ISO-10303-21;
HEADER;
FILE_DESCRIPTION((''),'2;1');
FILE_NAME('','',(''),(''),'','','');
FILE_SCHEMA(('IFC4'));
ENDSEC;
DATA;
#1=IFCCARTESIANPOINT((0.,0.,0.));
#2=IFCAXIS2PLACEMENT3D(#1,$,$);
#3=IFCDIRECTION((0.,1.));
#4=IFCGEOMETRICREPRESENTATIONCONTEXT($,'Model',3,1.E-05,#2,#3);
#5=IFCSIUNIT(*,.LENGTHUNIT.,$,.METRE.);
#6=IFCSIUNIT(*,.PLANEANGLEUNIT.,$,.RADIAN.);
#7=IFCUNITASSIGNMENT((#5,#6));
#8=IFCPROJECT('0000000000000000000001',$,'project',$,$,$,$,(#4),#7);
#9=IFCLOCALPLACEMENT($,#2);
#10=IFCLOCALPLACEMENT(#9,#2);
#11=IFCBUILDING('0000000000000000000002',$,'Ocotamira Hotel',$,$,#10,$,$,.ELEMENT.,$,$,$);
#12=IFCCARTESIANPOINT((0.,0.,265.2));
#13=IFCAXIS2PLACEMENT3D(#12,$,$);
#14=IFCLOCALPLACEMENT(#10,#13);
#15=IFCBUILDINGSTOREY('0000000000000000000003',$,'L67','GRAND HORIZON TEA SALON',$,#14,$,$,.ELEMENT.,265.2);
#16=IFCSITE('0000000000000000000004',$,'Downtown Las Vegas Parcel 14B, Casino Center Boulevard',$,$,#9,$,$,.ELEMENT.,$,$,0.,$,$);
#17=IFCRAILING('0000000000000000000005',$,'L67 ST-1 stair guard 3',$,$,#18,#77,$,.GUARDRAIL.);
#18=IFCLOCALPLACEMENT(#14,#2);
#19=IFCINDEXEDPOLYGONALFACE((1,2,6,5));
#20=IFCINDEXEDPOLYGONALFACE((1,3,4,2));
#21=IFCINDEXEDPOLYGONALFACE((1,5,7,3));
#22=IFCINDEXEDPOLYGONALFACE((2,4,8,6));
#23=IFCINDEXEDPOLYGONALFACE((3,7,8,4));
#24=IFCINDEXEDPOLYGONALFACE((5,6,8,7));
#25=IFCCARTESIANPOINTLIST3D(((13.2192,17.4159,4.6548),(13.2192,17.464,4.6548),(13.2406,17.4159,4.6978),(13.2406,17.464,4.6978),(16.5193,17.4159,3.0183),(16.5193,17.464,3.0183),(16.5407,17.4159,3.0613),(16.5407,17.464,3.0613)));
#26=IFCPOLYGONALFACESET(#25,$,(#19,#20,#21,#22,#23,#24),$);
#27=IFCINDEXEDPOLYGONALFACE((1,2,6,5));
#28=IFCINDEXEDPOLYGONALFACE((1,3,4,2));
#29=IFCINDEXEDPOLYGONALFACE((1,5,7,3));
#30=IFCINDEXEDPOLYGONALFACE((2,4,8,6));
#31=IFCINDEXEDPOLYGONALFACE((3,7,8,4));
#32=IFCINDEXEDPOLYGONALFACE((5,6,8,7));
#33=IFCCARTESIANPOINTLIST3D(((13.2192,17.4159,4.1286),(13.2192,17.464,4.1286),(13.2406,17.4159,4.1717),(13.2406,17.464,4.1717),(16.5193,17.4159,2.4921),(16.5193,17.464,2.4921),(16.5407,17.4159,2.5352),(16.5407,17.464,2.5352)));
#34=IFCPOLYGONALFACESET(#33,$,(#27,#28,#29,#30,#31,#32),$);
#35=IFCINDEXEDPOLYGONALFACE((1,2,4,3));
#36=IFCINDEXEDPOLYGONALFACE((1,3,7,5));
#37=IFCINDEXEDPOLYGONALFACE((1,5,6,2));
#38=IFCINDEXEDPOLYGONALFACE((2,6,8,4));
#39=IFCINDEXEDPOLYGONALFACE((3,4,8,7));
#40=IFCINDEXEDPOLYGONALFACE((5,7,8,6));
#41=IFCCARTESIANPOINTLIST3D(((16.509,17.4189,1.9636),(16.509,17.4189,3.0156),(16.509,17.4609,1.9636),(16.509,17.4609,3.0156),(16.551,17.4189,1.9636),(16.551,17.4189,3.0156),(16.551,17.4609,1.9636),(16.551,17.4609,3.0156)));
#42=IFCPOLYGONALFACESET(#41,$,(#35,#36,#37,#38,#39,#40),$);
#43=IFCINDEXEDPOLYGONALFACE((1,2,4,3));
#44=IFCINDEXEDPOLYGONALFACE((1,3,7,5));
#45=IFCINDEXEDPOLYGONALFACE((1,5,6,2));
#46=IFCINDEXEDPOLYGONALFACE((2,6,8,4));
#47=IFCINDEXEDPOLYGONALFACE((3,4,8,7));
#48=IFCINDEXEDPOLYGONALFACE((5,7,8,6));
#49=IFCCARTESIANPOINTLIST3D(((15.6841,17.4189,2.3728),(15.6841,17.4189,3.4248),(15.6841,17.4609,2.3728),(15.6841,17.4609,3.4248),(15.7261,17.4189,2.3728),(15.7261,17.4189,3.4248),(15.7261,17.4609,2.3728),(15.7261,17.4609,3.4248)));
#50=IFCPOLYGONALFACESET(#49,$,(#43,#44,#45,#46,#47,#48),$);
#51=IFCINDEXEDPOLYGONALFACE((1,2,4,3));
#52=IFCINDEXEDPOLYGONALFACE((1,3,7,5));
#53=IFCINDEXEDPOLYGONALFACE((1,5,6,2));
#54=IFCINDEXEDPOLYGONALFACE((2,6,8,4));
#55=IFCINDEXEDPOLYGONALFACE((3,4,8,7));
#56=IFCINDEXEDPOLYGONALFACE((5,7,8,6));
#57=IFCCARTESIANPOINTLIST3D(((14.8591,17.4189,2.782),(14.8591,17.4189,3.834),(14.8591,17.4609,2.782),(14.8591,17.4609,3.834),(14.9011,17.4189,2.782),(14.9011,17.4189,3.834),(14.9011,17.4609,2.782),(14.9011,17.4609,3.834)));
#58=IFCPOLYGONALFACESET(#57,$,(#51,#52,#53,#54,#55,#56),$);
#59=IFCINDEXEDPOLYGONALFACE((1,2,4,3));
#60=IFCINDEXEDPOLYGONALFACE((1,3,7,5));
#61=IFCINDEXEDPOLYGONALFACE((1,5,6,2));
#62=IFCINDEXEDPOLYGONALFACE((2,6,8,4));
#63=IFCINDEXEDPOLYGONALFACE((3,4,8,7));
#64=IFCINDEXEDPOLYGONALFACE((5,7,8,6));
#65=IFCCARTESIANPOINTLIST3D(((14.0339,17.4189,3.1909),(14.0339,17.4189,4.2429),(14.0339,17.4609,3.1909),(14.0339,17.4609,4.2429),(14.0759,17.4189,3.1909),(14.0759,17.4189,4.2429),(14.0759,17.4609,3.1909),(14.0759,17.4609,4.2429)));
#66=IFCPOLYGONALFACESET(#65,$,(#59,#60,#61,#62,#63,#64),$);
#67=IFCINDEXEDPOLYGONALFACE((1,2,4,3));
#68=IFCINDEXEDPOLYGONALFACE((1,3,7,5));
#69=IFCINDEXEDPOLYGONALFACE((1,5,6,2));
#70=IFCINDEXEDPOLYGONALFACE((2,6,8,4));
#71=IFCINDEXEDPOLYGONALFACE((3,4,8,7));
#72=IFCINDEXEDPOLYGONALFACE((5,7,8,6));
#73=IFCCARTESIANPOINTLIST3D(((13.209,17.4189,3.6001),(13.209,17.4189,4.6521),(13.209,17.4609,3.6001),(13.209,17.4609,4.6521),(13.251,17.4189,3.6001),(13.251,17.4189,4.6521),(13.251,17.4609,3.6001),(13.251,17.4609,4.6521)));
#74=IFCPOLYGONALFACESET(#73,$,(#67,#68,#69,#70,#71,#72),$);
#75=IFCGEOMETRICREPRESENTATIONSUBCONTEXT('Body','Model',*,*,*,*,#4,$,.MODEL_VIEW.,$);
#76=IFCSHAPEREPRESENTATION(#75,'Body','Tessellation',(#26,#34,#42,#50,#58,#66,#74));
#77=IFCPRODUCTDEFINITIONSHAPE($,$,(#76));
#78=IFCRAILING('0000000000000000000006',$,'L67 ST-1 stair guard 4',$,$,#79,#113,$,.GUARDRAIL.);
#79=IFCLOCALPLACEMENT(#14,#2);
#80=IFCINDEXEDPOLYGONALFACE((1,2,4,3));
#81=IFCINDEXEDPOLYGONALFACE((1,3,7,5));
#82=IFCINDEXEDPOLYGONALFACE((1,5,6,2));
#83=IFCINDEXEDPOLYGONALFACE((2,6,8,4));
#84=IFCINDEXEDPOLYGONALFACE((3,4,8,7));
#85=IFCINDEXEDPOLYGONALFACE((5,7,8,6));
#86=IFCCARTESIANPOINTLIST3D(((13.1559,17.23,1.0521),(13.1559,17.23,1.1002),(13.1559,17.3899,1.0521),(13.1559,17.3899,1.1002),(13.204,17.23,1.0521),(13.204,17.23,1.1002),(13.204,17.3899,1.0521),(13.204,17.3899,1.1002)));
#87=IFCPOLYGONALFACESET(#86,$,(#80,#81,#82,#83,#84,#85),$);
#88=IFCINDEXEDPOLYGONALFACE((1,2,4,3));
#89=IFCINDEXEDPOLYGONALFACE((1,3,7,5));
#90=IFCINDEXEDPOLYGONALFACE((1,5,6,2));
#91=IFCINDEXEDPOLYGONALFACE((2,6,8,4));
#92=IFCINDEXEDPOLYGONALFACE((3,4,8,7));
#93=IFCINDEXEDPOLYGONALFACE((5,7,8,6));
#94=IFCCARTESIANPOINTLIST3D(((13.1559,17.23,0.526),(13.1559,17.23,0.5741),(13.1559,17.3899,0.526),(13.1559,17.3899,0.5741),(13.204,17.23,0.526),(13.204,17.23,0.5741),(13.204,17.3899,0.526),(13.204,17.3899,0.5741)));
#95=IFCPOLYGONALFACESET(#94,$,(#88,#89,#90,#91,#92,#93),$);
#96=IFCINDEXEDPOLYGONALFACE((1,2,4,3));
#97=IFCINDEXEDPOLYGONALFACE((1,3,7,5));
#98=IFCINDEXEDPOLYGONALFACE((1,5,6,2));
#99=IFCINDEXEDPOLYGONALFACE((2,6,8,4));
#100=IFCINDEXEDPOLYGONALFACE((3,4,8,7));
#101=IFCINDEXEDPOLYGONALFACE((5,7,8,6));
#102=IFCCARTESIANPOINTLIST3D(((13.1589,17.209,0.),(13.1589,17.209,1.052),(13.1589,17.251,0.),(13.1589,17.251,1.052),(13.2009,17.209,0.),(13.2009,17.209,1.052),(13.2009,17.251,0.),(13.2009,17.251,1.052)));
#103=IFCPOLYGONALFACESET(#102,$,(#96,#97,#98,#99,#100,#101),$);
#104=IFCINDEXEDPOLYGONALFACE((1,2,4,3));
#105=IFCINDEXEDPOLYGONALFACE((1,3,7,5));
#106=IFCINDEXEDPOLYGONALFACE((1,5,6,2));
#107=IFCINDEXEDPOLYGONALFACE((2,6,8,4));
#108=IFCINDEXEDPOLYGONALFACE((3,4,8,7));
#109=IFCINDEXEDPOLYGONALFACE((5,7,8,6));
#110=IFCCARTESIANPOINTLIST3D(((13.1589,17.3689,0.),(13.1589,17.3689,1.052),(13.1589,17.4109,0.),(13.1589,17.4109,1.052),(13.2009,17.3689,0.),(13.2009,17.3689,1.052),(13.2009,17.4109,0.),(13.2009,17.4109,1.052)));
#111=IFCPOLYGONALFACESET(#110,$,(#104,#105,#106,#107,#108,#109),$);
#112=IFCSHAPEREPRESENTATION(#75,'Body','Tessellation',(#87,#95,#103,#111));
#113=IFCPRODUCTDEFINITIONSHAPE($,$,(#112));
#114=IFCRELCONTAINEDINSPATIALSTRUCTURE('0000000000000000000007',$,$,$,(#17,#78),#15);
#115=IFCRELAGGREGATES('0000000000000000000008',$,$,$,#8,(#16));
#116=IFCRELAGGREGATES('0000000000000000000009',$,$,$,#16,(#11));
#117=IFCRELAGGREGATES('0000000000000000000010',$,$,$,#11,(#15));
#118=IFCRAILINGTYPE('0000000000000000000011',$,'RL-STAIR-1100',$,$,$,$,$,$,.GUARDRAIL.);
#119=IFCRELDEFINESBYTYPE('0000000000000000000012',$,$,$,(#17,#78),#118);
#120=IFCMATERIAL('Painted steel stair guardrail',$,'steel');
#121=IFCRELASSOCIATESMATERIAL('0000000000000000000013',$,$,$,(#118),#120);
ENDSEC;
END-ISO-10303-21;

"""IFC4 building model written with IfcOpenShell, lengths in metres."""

from ifc_helpers import new_model, si_unit, direction, frame, origin, origin_2d, place, context, subcontext, project, spatial, rectangle, extrude, material, type_object, element, save


model = new_model("IFC4")

# Units and contexts
model_context = context("Model", 3, precision=1e-05, world=origin(), true_north=direction((0.0, 1.0)))
body_context = subcontext(model_context, "Body", "Model", "MODEL_VIEW")
ifc_project = project(units=[si_unit("LENGTHUNIT", "METRE"), si_unit("PLANEANGLEUNIT", "RADIAN")], contexts=[model_context])

# Site, building, storey
site_placement = place(None, origin())
site = spatial("IfcSite", under=ifc_project, at=site_placement, Name="Downtown Las Vegas Parcel 14B, Casino Center Boulevard", CompositionType="ELEMENT", RefElevation=0.0)
building_placement = place(site_placement, origin())
building = spatial("IfcBuilding", under=site, at=building_placement, Name="Ocotamira Hotel", CompositionType="ELEMENT")
storey_placement = place(building_placement, frame((0.0, 0.0, 265.2)))
storey = spatial("IfcBuildingStorey", under=building, at=storey_placement, Name="L67", Description="GRAND HORIZON TEA SALON", CompositionType="ELEMENT", Elevation=265.2)

# Railings
ifc_material_1 = material(Name="Painted steel stair guardrail", Category="steel")
railing_type_1 = type_object("IfcRailingType", Name="RL-STAIR-1100", PredefinedType="GUARDRAIL", material=ifc_material_1)
railing_1_placement = place(storey_placement, frame((16.53, 17.4399, 1.9636)))
element("IfcRailing", 1, at=railing_1_placement, inside=storey, type_object=railing_type_1, Name="L67 ST-1 stair guard 3", PredefinedType="GUARDRAIL", context=body_context, shape_type="SweptSolid", body=[
    extrude(rectangle(XDim=0.0481, YDim=0.0481, at=origin_2d()), frame((0.0, 0.0, 1.0762), z_axis=(-0.895894, 0.0, 0.444268), x_axis=(0.0, -1.0, 0.0)), (0.0, 0.0, 1.0), 3.6836),
    extrude(rectangle(XDim=0.0481, YDim=0.0481, at=origin_2d()), frame((0.0, 0.0, 0.55), z_axis=(-0.895894, 0.0, 0.444268), x_axis=(0.0, -1.0, 0.0)), (0.0, 0.0, 1.0), 3.6836),
    extrude(rectangle(XDim=0.042, YDim=0.042, at=origin_2d()), origin(), (0.0, 0.0, 1.0), 1.052),
    extrude(rectangle(XDim=0.042, YDim=0.042, at=origin_2d()), frame((-0.825, 0.0, 0.4092)), (0.0, 0.0, 1.0), 1.052),
    extrude(rectangle(XDim=0.042, YDim=0.042, at=origin_2d()), frame((-1.6499, 0.0, 0.8184)), (0.0, 0.0, 1.0), 1.052),
    extrude(rectangle(XDim=0.042, YDim=0.042, at=origin_2d()), frame((-2.4751, 0.0, 1.2273)), (0.0, 0.0, 1.0), 1.052),
    extrude(rectangle(XDim=0.042, YDim=0.042, at=origin_2d()), frame((-3.3, 0.0, 1.6365)), (0.0, 0.0, 1.0), 1.052),
])
railing_2_placement = place(storey_placement, frame((13.1799, 17.23, 0.0)))
element("IfcRailing", 2, at=railing_2_placement, inside=storey, type_object=railing_type_1, Name="L67 ST-1 stair guard 4", PredefinedType="GUARDRAIL", context=body_context, shape_type="SweptSolid", body=[
    extrude(rectangle(XDim=0.0481, YDim=0.0481, at=origin_2d()), frame((0.0, 0.0, 1.0762), z_axis=(0.0, 1.0, 0.0), x_axis=(-1.0, 0.0, 0.0)), (0.0, 0.0, 1.0), 0.1599),
    extrude(rectangle(XDim=0.0481, YDim=0.0481, at=origin_2d()), frame((0.0, 0.0, 0.55), z_axis=(0.0, 1.0, 0.0), x_axis=(-1.0, 0.0, 0.0)), (0.0, 0.0, 1.0), 0.1599),
    extrude(rectangle(XDim=0.042, YDim=0.042, at=origin_2d()), origin(), (0.0, 0.0, 1.0), 1.052),
    extrude(rectangle(XDim=0.042, YDim=0.042, at=origin_2d()), frame((0.0, 0.1599, 0.0)), (0.0, 0.0, 1.0), 1.052),
])

save(model, "model.ifc")
